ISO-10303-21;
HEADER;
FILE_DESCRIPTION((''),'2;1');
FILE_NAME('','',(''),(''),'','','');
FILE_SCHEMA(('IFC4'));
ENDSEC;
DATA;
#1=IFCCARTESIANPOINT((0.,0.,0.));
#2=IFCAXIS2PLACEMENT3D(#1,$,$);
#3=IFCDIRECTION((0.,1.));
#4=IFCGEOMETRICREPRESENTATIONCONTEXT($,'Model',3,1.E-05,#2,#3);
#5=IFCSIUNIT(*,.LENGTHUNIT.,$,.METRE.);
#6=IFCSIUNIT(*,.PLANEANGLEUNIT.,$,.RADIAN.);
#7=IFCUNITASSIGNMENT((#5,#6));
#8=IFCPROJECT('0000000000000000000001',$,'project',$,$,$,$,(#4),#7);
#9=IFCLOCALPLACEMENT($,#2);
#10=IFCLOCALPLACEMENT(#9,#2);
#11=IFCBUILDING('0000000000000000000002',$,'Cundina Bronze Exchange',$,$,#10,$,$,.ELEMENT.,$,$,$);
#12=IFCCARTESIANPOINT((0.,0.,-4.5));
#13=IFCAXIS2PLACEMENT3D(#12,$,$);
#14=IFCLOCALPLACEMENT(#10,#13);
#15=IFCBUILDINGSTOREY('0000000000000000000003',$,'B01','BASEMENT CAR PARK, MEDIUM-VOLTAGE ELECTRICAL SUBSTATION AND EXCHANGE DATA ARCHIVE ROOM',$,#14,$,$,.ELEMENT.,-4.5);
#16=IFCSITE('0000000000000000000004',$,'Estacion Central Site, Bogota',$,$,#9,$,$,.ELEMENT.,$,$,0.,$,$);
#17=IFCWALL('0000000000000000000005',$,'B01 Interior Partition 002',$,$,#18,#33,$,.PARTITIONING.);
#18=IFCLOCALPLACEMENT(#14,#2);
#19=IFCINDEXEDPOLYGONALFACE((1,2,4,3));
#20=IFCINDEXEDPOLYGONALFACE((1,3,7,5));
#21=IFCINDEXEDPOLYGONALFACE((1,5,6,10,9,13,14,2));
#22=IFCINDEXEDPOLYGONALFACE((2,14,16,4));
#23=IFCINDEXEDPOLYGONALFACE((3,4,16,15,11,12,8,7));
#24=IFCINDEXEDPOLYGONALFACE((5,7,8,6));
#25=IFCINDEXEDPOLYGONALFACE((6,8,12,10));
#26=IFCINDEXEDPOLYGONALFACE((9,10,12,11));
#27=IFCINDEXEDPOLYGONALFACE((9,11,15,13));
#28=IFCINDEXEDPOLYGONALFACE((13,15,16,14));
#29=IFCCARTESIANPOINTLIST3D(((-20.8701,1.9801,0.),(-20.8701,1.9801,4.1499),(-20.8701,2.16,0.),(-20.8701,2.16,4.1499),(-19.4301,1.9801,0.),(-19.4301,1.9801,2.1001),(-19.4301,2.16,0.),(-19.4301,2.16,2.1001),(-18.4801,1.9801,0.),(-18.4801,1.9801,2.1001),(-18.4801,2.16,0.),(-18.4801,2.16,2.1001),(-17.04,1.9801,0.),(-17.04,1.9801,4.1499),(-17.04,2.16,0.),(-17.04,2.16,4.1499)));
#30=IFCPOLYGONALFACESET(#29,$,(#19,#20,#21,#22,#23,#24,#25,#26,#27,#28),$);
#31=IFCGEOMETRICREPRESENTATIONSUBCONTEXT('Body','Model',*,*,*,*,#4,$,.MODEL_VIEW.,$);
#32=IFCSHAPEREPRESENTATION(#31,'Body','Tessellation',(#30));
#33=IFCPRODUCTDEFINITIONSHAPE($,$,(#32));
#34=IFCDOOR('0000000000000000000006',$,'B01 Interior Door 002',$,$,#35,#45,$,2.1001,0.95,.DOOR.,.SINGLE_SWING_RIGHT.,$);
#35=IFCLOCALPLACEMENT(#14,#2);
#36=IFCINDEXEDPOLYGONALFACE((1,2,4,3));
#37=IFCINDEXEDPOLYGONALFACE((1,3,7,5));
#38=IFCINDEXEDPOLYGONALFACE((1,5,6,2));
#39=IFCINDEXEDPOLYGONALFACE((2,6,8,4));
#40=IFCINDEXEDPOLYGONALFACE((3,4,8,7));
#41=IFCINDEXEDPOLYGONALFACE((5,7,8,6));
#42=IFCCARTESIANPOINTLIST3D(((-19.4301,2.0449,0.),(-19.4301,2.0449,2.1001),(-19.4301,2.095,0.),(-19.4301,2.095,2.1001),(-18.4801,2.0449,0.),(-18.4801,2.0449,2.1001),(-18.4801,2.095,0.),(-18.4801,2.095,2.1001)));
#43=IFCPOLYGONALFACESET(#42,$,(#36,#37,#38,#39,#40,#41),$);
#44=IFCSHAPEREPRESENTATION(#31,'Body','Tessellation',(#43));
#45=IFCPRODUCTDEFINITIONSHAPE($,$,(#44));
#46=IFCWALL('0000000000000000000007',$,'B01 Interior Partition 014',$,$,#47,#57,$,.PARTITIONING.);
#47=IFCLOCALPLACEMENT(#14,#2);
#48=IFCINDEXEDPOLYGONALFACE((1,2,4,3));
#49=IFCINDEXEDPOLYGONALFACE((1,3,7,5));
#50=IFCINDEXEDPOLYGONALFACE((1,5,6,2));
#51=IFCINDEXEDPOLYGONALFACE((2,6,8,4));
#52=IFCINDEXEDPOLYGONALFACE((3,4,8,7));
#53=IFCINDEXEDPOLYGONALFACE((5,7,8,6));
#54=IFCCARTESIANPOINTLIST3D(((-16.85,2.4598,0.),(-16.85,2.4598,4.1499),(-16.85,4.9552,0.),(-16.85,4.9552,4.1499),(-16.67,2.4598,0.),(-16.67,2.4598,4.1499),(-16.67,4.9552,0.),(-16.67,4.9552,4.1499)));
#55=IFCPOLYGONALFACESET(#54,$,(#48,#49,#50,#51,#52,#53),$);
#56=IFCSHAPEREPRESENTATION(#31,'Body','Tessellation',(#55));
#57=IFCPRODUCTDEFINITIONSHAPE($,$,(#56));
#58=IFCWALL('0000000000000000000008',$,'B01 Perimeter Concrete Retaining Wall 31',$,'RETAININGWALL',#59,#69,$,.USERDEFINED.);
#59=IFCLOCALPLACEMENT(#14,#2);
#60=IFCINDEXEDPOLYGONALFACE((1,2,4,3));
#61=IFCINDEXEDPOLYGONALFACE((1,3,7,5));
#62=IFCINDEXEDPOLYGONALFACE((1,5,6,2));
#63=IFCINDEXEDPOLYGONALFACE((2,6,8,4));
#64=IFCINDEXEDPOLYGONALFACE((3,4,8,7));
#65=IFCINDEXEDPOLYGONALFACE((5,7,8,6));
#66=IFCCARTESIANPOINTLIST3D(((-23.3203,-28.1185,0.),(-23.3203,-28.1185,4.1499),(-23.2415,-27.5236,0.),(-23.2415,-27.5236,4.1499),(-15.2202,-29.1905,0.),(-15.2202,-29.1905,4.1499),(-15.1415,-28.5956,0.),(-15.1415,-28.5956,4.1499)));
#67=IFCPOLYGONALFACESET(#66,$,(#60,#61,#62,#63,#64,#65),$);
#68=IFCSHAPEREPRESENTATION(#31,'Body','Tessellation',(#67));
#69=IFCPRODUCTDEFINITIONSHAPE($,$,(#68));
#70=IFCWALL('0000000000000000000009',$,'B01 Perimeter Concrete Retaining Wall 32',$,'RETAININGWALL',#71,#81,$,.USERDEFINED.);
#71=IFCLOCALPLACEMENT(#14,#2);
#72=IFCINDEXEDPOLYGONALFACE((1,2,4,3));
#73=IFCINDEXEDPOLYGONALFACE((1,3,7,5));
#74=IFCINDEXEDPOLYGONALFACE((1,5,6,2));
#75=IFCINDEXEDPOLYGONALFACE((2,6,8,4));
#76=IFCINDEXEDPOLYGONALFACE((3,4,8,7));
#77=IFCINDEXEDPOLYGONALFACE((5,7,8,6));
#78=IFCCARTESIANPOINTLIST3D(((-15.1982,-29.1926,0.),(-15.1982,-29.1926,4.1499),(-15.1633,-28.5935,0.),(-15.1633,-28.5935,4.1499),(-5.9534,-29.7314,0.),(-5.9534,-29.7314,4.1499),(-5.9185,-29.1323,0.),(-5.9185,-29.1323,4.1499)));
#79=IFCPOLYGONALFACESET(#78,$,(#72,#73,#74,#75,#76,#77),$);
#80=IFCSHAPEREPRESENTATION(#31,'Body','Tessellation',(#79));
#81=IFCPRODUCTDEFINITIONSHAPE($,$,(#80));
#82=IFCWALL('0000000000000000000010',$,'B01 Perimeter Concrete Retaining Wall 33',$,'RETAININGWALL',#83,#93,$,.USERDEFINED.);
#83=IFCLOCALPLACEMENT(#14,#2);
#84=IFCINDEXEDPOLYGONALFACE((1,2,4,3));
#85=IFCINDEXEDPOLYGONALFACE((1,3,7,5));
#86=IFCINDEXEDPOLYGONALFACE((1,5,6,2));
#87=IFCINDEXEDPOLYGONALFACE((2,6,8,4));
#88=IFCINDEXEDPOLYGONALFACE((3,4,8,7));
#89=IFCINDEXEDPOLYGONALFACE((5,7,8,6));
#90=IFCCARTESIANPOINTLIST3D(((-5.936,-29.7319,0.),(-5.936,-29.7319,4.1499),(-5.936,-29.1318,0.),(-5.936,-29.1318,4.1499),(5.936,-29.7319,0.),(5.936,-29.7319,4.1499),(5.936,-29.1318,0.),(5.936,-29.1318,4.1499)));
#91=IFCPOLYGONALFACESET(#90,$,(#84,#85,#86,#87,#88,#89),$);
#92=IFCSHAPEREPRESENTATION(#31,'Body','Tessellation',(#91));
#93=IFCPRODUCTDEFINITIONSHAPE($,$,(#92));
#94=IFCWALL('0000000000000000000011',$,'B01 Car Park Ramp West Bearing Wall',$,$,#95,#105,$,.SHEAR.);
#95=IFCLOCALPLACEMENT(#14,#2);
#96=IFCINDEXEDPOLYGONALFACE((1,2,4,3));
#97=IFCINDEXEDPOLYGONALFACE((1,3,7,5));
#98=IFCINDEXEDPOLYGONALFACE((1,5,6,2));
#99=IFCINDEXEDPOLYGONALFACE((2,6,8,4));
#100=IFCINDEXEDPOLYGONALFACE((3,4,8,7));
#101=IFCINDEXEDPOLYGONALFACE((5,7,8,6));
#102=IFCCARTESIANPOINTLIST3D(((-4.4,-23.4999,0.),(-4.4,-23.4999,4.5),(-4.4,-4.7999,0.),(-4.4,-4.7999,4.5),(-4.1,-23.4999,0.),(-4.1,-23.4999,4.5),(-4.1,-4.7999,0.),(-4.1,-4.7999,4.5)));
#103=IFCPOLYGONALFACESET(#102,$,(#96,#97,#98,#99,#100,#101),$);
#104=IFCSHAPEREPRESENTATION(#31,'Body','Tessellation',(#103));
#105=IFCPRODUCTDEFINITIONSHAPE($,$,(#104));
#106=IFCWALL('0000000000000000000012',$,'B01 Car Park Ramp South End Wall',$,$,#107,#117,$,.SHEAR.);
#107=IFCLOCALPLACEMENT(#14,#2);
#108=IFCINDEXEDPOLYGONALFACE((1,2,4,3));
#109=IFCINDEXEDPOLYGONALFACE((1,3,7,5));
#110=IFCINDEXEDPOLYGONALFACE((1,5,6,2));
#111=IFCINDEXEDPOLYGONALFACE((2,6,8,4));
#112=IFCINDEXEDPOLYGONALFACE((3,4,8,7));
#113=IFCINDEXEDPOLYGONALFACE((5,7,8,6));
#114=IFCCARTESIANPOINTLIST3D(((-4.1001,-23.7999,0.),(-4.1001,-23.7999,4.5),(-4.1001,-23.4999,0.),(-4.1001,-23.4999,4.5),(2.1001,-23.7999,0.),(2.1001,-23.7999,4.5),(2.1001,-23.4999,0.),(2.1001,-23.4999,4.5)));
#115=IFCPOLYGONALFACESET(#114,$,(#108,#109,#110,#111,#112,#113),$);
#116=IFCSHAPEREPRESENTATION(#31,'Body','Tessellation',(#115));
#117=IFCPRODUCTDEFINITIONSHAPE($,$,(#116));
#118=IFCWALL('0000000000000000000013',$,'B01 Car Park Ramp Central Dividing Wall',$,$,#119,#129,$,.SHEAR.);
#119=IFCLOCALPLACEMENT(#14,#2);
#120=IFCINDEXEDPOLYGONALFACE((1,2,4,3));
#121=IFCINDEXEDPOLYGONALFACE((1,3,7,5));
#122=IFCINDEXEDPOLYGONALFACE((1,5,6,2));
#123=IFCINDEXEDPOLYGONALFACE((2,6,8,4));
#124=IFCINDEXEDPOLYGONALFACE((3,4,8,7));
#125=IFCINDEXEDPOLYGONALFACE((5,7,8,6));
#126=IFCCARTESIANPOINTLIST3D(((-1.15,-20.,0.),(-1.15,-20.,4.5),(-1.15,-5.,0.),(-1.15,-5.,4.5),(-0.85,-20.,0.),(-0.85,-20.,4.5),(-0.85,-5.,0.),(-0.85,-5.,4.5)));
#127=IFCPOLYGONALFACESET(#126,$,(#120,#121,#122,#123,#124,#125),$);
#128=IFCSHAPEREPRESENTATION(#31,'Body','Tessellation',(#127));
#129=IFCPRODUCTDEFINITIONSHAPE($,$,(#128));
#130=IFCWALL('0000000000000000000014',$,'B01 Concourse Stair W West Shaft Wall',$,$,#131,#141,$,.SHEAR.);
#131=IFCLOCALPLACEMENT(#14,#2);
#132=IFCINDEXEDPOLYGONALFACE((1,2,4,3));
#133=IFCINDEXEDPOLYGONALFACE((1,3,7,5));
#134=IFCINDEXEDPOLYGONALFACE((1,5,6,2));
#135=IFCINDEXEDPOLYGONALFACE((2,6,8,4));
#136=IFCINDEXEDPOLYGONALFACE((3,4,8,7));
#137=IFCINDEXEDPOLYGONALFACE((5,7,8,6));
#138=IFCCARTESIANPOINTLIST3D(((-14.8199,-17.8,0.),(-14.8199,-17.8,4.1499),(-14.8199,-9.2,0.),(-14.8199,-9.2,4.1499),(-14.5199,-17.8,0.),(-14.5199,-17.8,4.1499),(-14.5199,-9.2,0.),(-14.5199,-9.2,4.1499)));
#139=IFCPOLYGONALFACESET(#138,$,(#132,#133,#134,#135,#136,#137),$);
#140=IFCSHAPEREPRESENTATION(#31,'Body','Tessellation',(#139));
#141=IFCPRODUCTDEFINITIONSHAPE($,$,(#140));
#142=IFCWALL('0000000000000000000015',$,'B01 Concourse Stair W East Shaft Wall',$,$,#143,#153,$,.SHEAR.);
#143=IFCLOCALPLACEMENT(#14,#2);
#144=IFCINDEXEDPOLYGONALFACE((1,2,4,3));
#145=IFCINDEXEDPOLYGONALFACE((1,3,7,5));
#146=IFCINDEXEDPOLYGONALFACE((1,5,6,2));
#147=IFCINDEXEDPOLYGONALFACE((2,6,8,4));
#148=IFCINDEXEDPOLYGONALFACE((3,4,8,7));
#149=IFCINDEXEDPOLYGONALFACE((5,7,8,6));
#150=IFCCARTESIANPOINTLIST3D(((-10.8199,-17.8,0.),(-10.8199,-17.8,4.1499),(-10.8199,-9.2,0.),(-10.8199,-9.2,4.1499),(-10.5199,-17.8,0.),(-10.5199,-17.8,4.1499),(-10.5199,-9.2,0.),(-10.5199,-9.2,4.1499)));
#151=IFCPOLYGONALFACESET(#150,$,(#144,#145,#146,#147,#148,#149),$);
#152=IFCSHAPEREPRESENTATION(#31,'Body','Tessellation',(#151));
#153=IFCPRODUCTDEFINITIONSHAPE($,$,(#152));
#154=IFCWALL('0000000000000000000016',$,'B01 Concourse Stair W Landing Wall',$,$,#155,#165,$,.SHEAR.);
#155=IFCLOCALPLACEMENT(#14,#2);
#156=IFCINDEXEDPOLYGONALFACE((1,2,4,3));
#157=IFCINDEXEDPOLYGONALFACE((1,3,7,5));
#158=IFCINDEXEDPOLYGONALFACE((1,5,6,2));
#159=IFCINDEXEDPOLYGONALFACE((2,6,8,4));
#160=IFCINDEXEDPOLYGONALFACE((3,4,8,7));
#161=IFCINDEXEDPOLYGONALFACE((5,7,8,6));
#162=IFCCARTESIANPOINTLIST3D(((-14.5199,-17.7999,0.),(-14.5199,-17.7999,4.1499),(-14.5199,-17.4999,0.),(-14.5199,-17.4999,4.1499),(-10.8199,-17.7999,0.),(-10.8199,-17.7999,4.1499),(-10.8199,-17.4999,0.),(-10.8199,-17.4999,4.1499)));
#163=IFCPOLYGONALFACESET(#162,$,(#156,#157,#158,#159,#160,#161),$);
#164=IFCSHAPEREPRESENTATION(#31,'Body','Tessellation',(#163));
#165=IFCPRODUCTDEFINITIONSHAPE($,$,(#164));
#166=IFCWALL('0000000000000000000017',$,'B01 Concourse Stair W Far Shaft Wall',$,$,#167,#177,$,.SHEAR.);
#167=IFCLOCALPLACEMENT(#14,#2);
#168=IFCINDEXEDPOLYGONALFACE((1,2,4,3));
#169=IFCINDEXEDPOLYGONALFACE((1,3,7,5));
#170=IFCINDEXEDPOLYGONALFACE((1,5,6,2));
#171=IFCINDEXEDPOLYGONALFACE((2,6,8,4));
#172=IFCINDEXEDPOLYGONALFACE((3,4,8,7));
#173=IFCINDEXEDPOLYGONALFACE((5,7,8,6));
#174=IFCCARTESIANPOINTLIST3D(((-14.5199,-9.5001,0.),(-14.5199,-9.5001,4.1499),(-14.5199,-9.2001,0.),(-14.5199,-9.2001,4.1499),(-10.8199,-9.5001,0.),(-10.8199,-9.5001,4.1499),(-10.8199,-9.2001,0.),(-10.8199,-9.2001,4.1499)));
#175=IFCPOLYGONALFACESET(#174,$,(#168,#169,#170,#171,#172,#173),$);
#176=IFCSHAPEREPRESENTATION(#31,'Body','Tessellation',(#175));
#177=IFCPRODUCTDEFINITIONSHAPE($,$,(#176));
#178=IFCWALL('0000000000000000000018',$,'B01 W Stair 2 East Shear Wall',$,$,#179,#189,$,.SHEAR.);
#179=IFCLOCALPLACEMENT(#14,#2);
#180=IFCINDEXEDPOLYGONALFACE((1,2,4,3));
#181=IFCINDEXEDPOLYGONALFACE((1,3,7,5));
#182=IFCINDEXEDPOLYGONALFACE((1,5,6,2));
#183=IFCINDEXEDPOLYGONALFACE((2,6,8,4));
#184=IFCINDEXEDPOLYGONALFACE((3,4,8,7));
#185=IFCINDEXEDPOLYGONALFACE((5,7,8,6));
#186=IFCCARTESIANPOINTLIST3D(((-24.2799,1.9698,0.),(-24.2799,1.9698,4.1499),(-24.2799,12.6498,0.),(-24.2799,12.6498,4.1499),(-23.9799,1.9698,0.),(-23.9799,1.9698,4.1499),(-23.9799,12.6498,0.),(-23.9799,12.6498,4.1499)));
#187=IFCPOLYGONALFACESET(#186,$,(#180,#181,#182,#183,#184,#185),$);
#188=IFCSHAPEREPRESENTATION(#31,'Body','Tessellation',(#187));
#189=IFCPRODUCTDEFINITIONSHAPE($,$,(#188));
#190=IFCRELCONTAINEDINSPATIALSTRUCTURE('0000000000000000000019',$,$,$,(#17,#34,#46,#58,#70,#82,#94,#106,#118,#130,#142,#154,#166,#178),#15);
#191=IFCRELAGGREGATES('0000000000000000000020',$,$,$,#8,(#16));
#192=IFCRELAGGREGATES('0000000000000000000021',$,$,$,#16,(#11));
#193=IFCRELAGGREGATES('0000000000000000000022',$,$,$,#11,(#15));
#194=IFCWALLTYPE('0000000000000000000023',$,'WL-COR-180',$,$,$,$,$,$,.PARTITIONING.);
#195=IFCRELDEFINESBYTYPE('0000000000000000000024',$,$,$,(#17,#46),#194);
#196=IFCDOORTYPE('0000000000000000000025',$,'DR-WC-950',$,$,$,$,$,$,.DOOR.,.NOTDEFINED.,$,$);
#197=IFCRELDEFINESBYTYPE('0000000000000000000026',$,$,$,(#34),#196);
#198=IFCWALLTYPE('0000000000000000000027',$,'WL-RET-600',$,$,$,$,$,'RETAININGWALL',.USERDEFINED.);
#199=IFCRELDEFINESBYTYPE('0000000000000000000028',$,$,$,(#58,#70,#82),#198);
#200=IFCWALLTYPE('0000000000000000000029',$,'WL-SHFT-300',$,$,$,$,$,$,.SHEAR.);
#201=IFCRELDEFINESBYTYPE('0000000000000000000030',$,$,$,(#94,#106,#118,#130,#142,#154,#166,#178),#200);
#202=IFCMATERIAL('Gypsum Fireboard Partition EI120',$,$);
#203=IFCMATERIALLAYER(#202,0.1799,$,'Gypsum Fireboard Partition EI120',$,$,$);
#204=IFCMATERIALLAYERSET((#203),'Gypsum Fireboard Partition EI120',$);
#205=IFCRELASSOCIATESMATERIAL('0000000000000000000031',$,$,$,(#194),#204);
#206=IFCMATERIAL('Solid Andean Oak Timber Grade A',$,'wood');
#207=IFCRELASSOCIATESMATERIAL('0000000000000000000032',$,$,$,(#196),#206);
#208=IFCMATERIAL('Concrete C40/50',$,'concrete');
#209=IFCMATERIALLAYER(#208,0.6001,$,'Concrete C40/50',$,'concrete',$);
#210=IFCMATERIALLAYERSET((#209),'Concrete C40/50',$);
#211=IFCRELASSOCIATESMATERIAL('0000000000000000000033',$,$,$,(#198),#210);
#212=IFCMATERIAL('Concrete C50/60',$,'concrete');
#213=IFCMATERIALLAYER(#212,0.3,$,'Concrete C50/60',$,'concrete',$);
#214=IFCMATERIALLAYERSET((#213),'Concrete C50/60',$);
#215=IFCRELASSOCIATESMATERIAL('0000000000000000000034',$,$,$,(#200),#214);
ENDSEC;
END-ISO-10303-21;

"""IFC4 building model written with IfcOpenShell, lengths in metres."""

from ifc_helpers import new_model, si_unit, direction, frame, frame_2d, origin, place, context, subcontext, project, spatial, rectangle, extrude, material, layer, layer_set, type_object, element, fill, save


model = new_model("IFC4")

# Units and contexts
model_context = context("Model", 3, precision=1e-05, world=origin(), true_north=direction((0.0, 1.0)))
body_context = subcontext(model_context, "Body", "Model", "MODEL_VIEW")
ifc_project = project(units=[si_unit("LENGTHUNIT", "METRE"), si_unit("PLANEANGLEUNIT", "RADIAN")], contexts=[model_context])

# Site, building, storey
site_placement = place(None, origin())
site = spatial("IfcSite", under=ifc_project, at=site_placement, Name="Estacion Central Site, Bogota", CompositionType="ELEMENT", RefElevation=0.0)
building_placement = place(site_placement, origin())
building = spatial("IfcBuilding", under=site, at=building_placement, Name="Cundina Bronze Exchange", CompositionType="ELEMENT")
storey_placement = place(building_placement, frame((0.0, 0.0, -4.5)))
storey = spatial("IfcBuildingStorey", under=building, at=storey_placement, Name="B01", Description="BASEMENT CAR PARK, MEDIUM-VOLTAGE ELECTRICAL SUBSTATION AND EXCHANGE DATA ARCHIVE ROOM", CompositionType="ELEMENT", Elevation=-4.5)

# Shared definitions
ifc_material_1 = material(Name="Concrete C50/60", Category="concrete")

# Shared definitions
ifc_material_2 = material(Name="Concrete C40/50", Category="concrete")

# Shared definitions
ifc_material_3 = material(Name="Gypsum Fireboard Partition EI120")
ifc_layer_1 = layer(ifc_material_3, 0.1799, Name="Gypsum Fireboard Partition EI120")
ifc_layer_set_1 = layer_set([ifc_layer_1], Name="Gypsum Fireboard Partition EI120")
wall_type_1 = type_object("IfcWallType", Name="WL-COR-180", PredefinedType="PARTITIONING", material=ifc_layer_set_1)

# Wall, opening, door
wall_1_placement = place(storey_placement, frame((-20.8701, 2.0701, 0.0), z_axis=(0.0, 0.0, 1.0), x_axis=(1.0, 0.0, 0.0)))
wall_1 = element("IfcWall", 1, at=wall_1_placement, inside=storey, type_object=wall_type_1, Name="B01 Interior Partition 002", PredefinedType="PARTITIONING", context=body_context, shape_type="SweptSolid", body=[
    extrude(rectangle(XDim=3.8301, YDim=0.1799, at=frame_2d((1.915, 0.0))), origin(), (0.0, 0.0, 1.0), 4.1499),
])
opening_1_placement = place(wall_1_placement, frame((1.4399, 0.0, 0.0)))
opening_1 = element("IfcOpeningElement", 2, at=opening_1_placement, cuts=wall_1, PredefinedType="OPENING", context=body_context, shape_type="SweptSolid", body=[
    extrude(rectangle(XDim=0.95, YDim=2.1001, at=frame_2d((0.4751, 1.05))), frame((0.0, 0.0999, 0.0), z_axis=(0.0, -1.0, 0.0), x_axis=(1.0, 0.0, 0.0)), (0.0, 0.0, 1.0), 0.2),
])
ifc_material_4 = material(Name="Solid Andean Oak Timber Grade A", Category="wood")
door_type_1 = type_object("IfcDoorType", Name="DR-WC-950", OperationType="NOTDEFINED", PredefinedType="DOOR", material=ifc_material_4)
door_1_placement = place(opening_1_placement, origin())
door_1 = element("IfcDoor", 3, at=door_1_placement, inside=storey, type_object=door_type_1, Name="B01 Interior Door 002", OperationType="SINGLE_SWING_RIGHT", OverallHeight=2.1001, OverallWidth=0.95, PredefinedType="DOOR", context=body_context, shape_type="SweptSolid", body=[
    extrude(rectangle(XDim=0.95, YDim=2.1001, at=frame_2d((0.4751, 1.05))), frame((0.0, 0.0249, 0.0), z_axis=(0.0, -1.0, 0.0), x_axis=(1.0, 0.0, 0.0)), (0.0, 0.0, 1.0), 0.05),
])
fill(opening_1, door_1)

# Walls
wall_2_placement = place(storey_placement, frame((-16.76, 2.46, 0.0), z_axis=(0.0, 0.0, 1.0), x_axis=(0.0, 1.0, 0.0)))
element("IfcWall", 4, at=wall_2_placement, inside=storey, type_object=wall_type_1, Name="B01 Interior Partition 014", PredefinedType="PARTITIONING", context=body_context, shape_type="SweptSolid", body=[
    extrude(rectangle(XDim=2.4954, YDim=0.1799, at=frame_2d((1.2476, 0.0))), origin(), (0.0, 0.0, 1.0), 4.1499),
])
ifc_layer_2 = layer(ifc_material_2, 0.6001, Name="Concrete C40/50", Category="concrete")
ifc_layer_set_2 = layer_set([ifc_layer_2], Name="Concrete C40/50")
wall_type_2 = type_object("IfcWallType", Name="WL-RET-600", ElementType="RETAININGWALL", PredefinedType="USERDEFINED", material=ifc_layer_set_2)
wall_3_placement = place(storey_placement, frame((-23.281, -27.821, 0.0), z_axis=(0.0, 0.0, 1.0), x_axis=(0.991356, -0.131203, 0.0)))
element("IfcWall", 5, at=wall_3_placement, inside=storey, type_object=wall_type_2, Name="B01 Perimeter Concrete Retaining Wall 31", ObjectType="RETAININGWALL", PredefinedType="USERDEFINED", context=body_context, shape_type="SweptSolid", body=[
    extrude(rectangle(XDim=8.1707, YDim=0.6001, at=frame_2d((4.0854, 0.0))), origin(), (0.0, 0.0, 1.0), 4.1499),
])
wall_4_placement = place(storey_placement, frame((-15.1809, -28.8931, 0.0), z_axis=(0.0, 0.0, 1.0), x_axis=(0.998306, -0.058184, 0.0)))
element("IfcWall", 6, at=wall_4_placement, inside=storey, type_object=wall_type_2, Name="B01 Perimeter Concrete Retaining Wall 32", ObjectType="RETAININGWALL", PredefinedType="USERDEFINED", context=body_context, shape_type="SweptSolid", body=[
    extrude(rectangle(XDim=9.2605, YDim=0.6001, at=frame_2d((4.6304, 0.0))), origin(), (0.0, 0.0, 1.0), 4.1499),
])
wall_5_placement = place(storey_placement, frame((-5.936, -29.4319, 0.0), z_axis=(0.0, 0.0, 1.0), x_axis=(1.0, 0.0, 0.0)))
element("IfcWall", 7, at=wall_5_placement, inside=storey, type_object=wall_type_2, Name="B01 Perimeter Concrete Retaining Wall 33", ObjectType="RETAININGWALL", PredefinedType="USERDEFINED", context=body_context, shape_type="SweptSolid", body=[
    extrude(rectangle(XDim=11.8721, YDim=0.6001, at=frame_2d((5.936, 0.0))), origin(), (0.0, 0.0, 1.0), 4.1499),
])
ifc_layer_3 = layer(ifc_material_1, 0.3, Name="Concrete C50/60", Category="concrete")
ifc_layer_set_3 = layer_set([ifc_layer_3], Name="Concrete C50/60")
wall_type_3 = type_object("IfcWallType", Name="WL-SHFT-300", PredefinedType="SHEAR", material=ifc_layer_set_3)
wall_6_placement = place(storey_placement, frame((-4.25, -23.5, 0.0), z_axis=(0.0, 0.0, 1.0), x_axis=(0.0, 1.0, 0.0)))
element("IfcWall", 8, at=wall_6_placement, inside=storey, type_object=wall_type_3, Name="B01 Car Park Ramp West Bearing Wall", PredefinedType="SHEAR", context=body_context, shape_type="SweptSolid", body=[
    extrude(rectangle(XDim=18.7, YDim=0.3, at=frame_2d((9.3501, 0.0))), origin(), (0.0, 0.0, 1.0), 4.5),
])
wall_7_placement = place(storey_placement, frame((-4.1001, -23.6499, 0.0), z_axis=(0.0, 0.0, 1.0), x_axis=(1.0, 0.0, 0.0)))
element("IfcWall", 9, at=wall_7_placement, inside=storey, type_object=wall_type_3, Name="B01 Car Park Ramp South End Wall", PredefinedType="SHEAR", context=body_context, shape_type="SweptSolid", body=[
    extrude(rectangle(XDim=6.2002, YDim=0.3, at=frame_2d((3.1001, 0.0))), origin(), (0.0, 0.0, 1.0), 4.5),
])
wall_8_placement = place(storey_placement, frame((-1.0, -20.0, 0.0), z_axis=(0.0, 0.0, 1.0), x_axis=(0.0, 1.0, 0.0)))
element("IfcWall", 10, at=wall_8_placement, inside=storey, type_object=wall_type_3, Name="B01 Car Park Ramp Central Dividing Wall", PredefinedType="SHEAR", context=body_context, shape_type="SweptSolid", body=[
    extrude(rectangle(XDim=15.0, YDim=0.3, at=frame_2d((7.5, 0.0))), origin(), (0.0, 0.0, 1.0), 4.5),
])
for number, where, z_axis, x_axis, name in (
    (11, (-14.6699, -17.8, 0.0), (0.0, 0.0, 1.0), (0.0, 1.0, 0.0), "B01 Concourse Stair W West Shaft Wall"),
    (12, (-10.6699, -17.8, 0.0), (0.0, 0.0, 1.0), (0.0, 1.0, 0.0), "B01 Concourse Stair W East Shaft Wall"),
):
    element("IfcWall", number, at=place(storey_placement, frame(where, z_axis=z_axis, x_axis=x_axis)), inside=storey, type_object=wall_type_3, Name=name, PredefinedType="SHEAR", context=body_context, shape_type="SweptSolid", body=[
        extrude(rectangle(XDim=8.6001, YDim=0.3, at=frame_2d((4.3, 0.0))), origin(), (0.0, 0.0, 1.0), 4.1499),
    ])
for number, where, z_axis, x_axis, name in (
    (13, (-14.52, -17.6499, 0.0), (0.0, 0.0, 1.0), (1.0, 0.0, 0.0), "B01 Concourse Stair W Landing Wall"),
    (14, (-14.52, -9.3501, 0.0), (0.0, 0.0, 1.0), (1.0, 0.0, 0.0), "B01 Concourse Stair W Far Shaft Wall"),
):
    element("IfcWall", number, at=place(storey_placement, frame(where, z_axis=z_axis, x_axis=x_axis)), inside=storey, type_object=wall_type_3, Name=name, PredefinedType="SHEAR", context=body_context, shape_type="SweptSolid", body=[
        extrude(rectangle(XDim=3.7, YDim=0.3, at=frame_2d((1.8501, 0.0))), origin(), (0.0, 0.0, 1.0), 4.1499),
    ])
wall_9_placement = place(storey_placement, frame((-24.1299, 1.97, 0.0), z_axis=(0.0, 0.0, 1.0), x_axis=(0.0, 1.0, 0.0)))
element("IfcWall", 15, at=wall_9_placement, inside=storey, type_object=wall_type_3, Name="B01 W Stair 2 East Shear Wall", PredefinedType="SHEAR", context=body_context, shape_type="SweptSolid", body=[
    extrude(rectangle(XDim=10.6799, YDim=0.3, at=frame_2d((5.3398, 0.0))), origin(), (0.0, 0.0, 1.0), 4.1499),
])

save(model, "model.ifc")
